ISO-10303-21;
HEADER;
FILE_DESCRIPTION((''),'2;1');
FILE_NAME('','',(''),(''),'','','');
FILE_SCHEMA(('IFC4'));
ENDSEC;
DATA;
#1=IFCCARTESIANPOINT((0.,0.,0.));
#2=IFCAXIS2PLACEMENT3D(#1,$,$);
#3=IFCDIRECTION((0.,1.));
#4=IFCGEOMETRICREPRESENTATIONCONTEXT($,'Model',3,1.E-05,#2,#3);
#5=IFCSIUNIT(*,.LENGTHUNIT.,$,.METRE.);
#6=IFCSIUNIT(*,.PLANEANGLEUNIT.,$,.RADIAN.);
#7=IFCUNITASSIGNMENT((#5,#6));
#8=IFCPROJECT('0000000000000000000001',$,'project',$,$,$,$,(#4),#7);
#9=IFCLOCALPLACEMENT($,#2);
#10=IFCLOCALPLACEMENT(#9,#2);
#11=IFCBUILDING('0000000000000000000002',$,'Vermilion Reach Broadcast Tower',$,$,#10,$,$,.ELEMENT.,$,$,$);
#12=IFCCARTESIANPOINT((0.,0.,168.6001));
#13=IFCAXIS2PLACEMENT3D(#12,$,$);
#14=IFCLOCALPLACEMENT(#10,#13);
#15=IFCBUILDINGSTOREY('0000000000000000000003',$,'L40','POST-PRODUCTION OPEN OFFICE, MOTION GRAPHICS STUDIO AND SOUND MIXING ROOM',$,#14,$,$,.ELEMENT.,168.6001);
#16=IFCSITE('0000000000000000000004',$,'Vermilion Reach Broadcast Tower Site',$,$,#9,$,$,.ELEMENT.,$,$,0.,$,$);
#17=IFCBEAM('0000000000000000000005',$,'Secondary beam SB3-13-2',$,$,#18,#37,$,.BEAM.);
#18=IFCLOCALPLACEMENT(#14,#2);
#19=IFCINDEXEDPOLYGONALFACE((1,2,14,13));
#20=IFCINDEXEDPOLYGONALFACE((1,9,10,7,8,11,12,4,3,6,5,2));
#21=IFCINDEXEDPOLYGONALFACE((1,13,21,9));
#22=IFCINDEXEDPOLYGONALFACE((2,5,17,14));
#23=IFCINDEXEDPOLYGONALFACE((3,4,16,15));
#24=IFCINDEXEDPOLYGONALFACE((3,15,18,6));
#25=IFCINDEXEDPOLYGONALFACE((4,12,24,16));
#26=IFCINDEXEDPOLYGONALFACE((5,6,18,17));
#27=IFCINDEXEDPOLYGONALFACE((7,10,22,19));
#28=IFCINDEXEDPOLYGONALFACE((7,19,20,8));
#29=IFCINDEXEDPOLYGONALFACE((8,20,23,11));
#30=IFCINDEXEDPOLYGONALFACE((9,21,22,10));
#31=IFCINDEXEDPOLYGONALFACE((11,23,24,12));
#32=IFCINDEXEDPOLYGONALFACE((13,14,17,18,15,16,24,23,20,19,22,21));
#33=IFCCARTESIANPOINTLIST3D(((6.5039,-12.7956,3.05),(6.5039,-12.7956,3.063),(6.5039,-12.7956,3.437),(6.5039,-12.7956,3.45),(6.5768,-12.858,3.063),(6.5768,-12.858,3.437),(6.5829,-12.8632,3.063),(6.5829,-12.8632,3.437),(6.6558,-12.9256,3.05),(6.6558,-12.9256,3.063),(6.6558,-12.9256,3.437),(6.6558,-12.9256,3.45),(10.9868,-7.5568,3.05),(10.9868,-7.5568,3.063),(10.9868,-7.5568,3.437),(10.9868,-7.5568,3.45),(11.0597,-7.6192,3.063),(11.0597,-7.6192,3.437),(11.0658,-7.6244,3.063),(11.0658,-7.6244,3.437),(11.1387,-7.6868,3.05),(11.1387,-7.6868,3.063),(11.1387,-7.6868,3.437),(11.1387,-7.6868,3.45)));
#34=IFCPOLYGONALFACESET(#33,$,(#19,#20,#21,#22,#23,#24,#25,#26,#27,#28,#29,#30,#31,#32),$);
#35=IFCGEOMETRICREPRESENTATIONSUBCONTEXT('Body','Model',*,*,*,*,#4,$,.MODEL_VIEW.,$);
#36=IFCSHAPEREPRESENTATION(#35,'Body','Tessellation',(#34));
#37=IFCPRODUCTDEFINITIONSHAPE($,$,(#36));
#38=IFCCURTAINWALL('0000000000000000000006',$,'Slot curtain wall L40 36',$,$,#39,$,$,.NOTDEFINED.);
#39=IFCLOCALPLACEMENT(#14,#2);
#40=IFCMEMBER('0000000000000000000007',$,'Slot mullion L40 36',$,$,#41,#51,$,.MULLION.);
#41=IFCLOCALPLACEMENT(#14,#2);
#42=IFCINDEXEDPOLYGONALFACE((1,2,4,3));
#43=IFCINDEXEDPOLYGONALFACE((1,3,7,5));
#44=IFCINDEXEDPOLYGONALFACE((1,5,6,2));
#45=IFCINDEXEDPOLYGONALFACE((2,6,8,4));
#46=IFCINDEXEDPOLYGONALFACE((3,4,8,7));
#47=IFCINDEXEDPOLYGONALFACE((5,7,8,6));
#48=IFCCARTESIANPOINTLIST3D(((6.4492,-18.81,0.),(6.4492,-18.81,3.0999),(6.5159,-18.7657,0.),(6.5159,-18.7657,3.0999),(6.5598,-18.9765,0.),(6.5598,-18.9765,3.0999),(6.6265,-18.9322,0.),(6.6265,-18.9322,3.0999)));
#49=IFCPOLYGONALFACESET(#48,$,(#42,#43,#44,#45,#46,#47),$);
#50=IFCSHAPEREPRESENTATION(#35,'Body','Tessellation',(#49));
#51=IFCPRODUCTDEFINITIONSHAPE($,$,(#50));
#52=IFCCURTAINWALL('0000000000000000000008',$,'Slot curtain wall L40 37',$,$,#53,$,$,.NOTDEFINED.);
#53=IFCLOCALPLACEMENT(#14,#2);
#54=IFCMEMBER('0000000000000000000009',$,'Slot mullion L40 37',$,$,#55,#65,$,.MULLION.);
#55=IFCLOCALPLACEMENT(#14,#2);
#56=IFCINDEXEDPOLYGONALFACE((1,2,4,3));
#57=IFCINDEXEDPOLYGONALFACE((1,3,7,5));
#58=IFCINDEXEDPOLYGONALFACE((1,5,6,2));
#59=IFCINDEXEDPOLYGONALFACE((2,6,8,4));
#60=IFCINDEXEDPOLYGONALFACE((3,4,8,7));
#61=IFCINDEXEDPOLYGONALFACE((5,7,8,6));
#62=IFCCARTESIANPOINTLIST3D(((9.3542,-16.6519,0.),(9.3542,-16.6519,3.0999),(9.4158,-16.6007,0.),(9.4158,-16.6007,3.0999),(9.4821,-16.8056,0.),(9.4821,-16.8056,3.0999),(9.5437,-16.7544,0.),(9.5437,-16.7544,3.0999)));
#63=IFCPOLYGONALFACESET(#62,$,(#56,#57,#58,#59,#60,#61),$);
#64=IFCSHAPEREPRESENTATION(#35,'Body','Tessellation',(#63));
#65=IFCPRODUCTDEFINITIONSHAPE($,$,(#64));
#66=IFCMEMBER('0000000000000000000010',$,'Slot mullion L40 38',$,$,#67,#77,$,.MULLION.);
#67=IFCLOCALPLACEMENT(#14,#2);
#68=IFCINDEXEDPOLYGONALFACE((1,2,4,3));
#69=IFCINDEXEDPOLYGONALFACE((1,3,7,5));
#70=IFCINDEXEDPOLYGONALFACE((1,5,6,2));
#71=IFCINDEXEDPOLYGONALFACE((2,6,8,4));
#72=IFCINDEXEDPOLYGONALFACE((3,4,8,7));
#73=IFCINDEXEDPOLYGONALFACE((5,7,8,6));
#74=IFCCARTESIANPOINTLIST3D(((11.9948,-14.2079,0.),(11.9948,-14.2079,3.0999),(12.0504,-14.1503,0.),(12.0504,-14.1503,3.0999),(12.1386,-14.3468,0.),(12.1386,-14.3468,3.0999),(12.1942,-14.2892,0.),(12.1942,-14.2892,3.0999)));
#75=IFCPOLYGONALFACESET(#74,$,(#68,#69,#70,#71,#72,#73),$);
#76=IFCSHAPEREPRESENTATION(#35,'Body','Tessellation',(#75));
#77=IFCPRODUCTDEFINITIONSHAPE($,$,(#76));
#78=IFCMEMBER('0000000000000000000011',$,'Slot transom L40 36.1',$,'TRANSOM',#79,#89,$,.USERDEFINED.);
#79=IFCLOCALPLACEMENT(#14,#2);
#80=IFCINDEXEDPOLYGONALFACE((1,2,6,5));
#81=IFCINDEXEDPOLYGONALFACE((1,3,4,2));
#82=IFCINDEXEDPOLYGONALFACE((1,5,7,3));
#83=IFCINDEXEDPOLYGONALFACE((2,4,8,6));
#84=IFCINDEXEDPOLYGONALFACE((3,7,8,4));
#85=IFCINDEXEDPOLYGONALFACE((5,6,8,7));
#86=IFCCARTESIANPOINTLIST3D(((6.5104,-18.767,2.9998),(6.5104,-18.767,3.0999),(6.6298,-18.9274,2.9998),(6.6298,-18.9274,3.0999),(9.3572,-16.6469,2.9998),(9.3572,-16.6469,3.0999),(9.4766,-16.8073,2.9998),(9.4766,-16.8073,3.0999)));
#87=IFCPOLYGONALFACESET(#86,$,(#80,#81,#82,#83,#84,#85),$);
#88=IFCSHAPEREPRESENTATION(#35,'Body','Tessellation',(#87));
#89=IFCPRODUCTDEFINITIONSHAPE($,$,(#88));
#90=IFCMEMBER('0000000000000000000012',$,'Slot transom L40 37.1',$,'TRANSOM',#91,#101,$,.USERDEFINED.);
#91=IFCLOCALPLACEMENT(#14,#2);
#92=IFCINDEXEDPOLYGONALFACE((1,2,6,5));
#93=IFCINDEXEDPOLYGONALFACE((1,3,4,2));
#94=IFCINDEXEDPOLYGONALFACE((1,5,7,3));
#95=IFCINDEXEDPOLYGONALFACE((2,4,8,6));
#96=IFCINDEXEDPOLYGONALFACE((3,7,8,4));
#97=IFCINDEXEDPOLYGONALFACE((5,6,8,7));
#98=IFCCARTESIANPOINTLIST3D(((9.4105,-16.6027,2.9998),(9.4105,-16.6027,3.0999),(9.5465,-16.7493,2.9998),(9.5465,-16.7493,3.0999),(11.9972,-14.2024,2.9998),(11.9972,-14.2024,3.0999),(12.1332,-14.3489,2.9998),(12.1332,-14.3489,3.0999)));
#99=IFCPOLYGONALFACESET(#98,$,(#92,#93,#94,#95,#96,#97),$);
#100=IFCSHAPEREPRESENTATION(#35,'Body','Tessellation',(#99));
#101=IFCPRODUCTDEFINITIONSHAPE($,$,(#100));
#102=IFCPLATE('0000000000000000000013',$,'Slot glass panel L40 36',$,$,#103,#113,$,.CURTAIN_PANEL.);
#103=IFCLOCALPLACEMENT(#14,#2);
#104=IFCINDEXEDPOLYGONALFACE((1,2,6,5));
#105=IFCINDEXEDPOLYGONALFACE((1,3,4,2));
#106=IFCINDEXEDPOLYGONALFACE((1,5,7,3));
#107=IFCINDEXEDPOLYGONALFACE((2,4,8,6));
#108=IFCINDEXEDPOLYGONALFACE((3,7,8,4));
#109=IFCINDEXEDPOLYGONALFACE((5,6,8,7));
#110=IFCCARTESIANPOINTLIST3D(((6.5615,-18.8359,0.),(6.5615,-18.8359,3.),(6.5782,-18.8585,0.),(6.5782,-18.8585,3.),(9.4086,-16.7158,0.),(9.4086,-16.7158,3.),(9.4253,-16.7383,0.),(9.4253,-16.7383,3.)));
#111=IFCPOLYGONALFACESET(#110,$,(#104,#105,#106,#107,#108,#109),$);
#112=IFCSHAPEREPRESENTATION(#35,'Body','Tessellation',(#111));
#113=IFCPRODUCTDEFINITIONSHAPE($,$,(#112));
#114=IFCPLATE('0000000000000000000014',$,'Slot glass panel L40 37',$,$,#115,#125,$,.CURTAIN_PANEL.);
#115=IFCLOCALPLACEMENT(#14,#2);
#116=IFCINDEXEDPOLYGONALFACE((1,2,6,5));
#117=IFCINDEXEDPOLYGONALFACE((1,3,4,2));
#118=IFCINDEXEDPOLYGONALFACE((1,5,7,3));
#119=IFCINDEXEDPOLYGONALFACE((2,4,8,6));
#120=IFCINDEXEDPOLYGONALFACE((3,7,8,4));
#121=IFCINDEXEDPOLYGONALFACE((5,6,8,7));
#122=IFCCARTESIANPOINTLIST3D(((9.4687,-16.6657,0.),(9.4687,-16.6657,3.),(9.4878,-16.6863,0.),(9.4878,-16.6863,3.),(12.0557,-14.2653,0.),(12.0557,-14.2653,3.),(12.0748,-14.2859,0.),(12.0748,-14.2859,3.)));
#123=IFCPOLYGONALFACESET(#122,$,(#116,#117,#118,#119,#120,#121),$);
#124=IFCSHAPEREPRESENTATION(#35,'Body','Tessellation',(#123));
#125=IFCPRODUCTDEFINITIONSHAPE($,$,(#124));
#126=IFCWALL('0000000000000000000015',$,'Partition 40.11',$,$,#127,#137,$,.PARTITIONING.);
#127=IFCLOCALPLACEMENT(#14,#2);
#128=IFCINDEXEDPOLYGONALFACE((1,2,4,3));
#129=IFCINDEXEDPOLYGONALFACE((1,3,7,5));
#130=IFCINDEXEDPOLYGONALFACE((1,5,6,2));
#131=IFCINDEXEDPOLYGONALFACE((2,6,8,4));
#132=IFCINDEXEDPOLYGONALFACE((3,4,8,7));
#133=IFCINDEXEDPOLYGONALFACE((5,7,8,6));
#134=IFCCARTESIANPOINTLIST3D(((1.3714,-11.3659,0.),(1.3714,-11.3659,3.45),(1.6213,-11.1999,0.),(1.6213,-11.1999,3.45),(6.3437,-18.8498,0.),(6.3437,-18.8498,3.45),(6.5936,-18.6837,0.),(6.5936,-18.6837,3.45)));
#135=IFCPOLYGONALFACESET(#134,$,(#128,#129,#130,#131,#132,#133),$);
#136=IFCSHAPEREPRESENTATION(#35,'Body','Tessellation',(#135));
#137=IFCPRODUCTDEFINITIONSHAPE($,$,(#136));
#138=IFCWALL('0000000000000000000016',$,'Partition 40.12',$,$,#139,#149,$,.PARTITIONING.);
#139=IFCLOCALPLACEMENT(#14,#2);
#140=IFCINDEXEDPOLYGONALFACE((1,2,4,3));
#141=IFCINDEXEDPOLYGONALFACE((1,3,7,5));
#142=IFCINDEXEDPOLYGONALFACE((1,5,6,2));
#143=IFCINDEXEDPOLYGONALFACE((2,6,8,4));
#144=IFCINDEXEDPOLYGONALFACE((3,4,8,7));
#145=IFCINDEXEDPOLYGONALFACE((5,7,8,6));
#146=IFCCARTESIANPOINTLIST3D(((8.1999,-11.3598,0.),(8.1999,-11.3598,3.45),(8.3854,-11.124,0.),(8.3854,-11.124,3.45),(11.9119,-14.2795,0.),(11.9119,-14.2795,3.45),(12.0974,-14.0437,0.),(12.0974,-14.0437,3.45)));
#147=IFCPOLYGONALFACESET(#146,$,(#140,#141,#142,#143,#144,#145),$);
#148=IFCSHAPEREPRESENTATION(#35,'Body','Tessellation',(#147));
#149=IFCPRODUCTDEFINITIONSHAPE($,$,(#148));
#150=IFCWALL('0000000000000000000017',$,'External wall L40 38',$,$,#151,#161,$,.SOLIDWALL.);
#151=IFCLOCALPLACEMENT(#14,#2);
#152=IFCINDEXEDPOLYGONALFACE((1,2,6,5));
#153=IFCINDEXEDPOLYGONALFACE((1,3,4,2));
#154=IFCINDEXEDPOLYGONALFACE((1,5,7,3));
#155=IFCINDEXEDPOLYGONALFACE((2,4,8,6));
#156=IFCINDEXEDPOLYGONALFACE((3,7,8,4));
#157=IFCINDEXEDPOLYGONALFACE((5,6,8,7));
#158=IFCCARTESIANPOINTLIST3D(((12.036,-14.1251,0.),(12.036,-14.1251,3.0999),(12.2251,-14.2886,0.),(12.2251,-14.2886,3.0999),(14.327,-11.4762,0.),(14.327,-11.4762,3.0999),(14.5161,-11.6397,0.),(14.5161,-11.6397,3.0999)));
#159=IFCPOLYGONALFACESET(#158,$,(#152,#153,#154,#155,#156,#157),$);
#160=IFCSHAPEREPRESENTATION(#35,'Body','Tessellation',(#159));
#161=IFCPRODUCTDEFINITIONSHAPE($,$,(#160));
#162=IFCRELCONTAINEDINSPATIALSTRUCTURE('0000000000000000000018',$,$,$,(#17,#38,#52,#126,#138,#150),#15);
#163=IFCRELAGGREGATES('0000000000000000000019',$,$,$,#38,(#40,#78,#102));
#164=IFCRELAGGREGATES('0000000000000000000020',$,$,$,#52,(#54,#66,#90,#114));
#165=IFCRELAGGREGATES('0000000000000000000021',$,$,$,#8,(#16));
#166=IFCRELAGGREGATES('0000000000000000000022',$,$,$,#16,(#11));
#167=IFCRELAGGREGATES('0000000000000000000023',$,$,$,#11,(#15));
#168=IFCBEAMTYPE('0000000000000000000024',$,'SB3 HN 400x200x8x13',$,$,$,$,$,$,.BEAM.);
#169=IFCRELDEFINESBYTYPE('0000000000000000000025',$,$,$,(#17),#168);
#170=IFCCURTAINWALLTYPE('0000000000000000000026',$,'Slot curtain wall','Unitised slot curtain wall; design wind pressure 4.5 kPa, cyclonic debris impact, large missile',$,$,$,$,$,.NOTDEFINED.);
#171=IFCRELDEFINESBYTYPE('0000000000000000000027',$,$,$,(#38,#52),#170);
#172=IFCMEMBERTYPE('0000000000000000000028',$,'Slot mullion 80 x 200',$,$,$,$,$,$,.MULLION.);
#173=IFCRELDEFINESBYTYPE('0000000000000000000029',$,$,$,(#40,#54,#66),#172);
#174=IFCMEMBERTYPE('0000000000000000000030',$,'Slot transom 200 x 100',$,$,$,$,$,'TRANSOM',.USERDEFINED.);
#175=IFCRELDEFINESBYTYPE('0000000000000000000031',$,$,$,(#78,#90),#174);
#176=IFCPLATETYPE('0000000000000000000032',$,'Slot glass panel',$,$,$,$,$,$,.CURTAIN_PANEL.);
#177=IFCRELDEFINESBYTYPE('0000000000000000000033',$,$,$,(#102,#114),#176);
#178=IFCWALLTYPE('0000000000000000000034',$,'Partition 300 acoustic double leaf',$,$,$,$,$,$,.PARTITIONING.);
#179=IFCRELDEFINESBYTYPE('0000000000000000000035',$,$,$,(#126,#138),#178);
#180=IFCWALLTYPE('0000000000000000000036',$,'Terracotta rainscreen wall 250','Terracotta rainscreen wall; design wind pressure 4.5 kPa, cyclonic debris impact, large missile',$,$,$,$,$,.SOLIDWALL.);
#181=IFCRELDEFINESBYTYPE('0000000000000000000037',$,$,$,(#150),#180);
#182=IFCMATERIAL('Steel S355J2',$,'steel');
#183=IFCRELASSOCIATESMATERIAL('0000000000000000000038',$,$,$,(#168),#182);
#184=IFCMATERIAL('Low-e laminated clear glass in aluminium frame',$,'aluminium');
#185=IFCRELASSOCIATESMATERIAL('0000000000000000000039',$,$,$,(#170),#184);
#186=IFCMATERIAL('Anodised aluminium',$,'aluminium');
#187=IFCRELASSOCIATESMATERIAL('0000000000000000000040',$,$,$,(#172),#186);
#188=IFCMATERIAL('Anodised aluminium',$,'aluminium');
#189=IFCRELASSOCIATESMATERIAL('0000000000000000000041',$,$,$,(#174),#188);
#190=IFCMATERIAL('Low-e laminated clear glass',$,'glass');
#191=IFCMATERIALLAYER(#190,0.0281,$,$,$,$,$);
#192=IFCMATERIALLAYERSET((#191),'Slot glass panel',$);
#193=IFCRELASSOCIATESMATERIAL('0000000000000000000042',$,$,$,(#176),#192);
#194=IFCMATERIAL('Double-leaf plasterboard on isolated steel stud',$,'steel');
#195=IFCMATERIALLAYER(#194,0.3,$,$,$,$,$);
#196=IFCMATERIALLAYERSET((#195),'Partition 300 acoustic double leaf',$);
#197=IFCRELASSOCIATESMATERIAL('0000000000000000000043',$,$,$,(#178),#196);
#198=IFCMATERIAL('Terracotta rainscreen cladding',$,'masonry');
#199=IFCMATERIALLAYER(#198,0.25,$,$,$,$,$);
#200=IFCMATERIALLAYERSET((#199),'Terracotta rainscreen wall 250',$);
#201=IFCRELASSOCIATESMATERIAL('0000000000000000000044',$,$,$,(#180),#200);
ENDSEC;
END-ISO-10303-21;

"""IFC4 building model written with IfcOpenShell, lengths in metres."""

from ifc_helpers import new_model, si_unit, direction, frame, frame_2d, origin, origin_2d, place, context, subcontext, project, spatial, rectangle, i_section, extrude, material, layer, layer_set, material_profile, profile_set, type_object, element, aggregate, save


model = new_model("IFC4")

# Units and contexts
model_context = context("Model", 3, precision=1e-05, world=origin(), true_north=direction((0.0, 1.0)))
body_context = subcontext(model_context, "Body", "Model", "MODEL_VIEW")
ifc_project = project(units=[si_unit("LENGTHUNIT", "METRE"), si_unit("PLANEANGLEUNIT", "RADIAN")], contexts=[model_context])

# Site, building, storey
site_placement = place(None, origin())
site = spatial("IfcSite", under=ifc_project, at=site_placement, Name="Vermilion Reach Broadcast Tower Site", CompositionType="ELEMENT", RefElevation=0.0)
building_placement = place(site_placement, origin())
building = spatial("IfcBuilding", under=site, at=building_placement, Name="Vermilion Reach Broadcast Tower", CompositionType="ELEMENT")
storey_placement = place(building_placement, frame((0.0, 0.0, 168.6001)))
storey = spatial("IfcBuildingStorey", under=building, at=storey_placement, Name="L40", Description="POST-PRODUCTION OPEN OFFICE, MOTION GRAPHICS STUDIO AND SOUND MIXING ROOM", CompositionType="ELEMENT", Elevation=168.6001)

# Beam
ifc_material_1 = material(Name="Steel S355J2", Category="steel")
ifc_material_profile_1 = material_profile(ifc_material_1, i_section(OverallWidth=0.2, OverallDepth=0.3999, WebThickness=0.0081, FlangeThickness=0.0129, at=origin_2d()), Name="S355J2 HN 400x200x8x13")
ifc_profile_set_1 = profile_set([ifc_material_profile_1], Name="Steel S355J2")
beam_type_1 = type_object("IfcBeamType", Name="SB3 HN 400x200x8x13", PredefinedType="BEAM", material=ifc_profile_set_1)
beam_1_placement = place(storey_placement, frame((6.5798, -12.8606, 3.25), z_axis=(0.650167, 0.759791, 0.0), x_axis=(-0.759791, 0.650167, 0.0)))
element("IfcBeam", 1, at=beam_1_placement, inside=storey, type_object=beam_type_1, Name="Secondary beam SB3-13-2", PredefinedType="BEAM", context=body_context, shape_type="SweptSolid", body=[
    extrude(i_section(OverallWidth=0.2, OverallDepth=0.3999, WebThickness=0.0081, FlangeThickness=0.0129, at=origin_2d()), origin(), (0.0, 0.0, 1.0), 6.895),
])

# Curtain wall, member
ifc_material_2 = material(Name="Low-e laminated clear glass in aluminium frame", Category="aluminium")
curtain_wall_type = type_object("IfcCurtainWallType", Name="Slot curtain wall", Description="Unitised slot curtain wall; design wind pressure 4.5 kPa, cyclonic debris impact, large missile", PredefinedType="NOTDEFINED", material=ifc_material_2)
placement = place(storey_placement, origin())
curtain_wall_1 = element("IfcCurtainWall", 2, at=placement, inside=storey, type_object=curtain_wall_type, Name="Slot curtain wall L40 36", PredefinedType="NOTDEFINED")
ifc_material_3 = material(Name="Anodised aluminium", Category="aluminium")
ifc_material_profile_2 = material_profile(ifc_material_3, rectangle(XDim=0.2, YDim=0.0801, at=origin_2d()), Name="Slot mullion 80 x 200")
ifc_profile_set_2 = profile_set([ifc_material_profile_2], Name="Anodised aluminium")
member_type_1 = type_object("IfcMemberType", Name="Slot mullion 80 x 200", PredefinedType="MULLION", material=ifc_profile_set_2)
member_1_placement = place(storey_placement, frame((6.5378, -18.8711, 0.0), z_axis=(0.0, 0.0, 1.0), x_axis=(-0.553392, 0.832921, 0.0)))
member_1 = element("IfcMember", 3, at=member_1_placement, type_object=member_type_1, Name="Slot mullion L40 36", PredefinedType="MULLION", context=body_context, shape_type="SweptSolid", body=[
    extrude(rectangle(XDim=0.2, YDim=0.0801, at=origin_2d()), origin(), (0.0, 0.0, 1.0), 3.0999),
])

# Curtain wall, members
curtain_wall_2 = element("IfcCurtainWall", 4, at=placement, inside=storey, type_object=curtain_wall_type, Name="Slot curtain wall L40 37", PredefinedType="NOTDEFINED")
member_2_placement = place(storey_placement, frame((9.449, -16.7031, 0.0), z_axis=(0.0, 0.0, 1.0), x_axis=(-0.639653, 0.768664, 0.0)))
member_2 = element("IfcMember", 5, at=member_2_placement, type_object=member_type_1, Name="Slot mullion L40 37", PredefinedType="MULLION", context=body_context, shape_type="SweptSolid", body=[
    extrude(rectangle(XDim=0.2, YDim=0.0801, at=origin_2d()), origin(), (0.0, 0.0, 1.0), 3.0999),
])
member_3_placement = place(storey_placement, frame((12.0945, -14.2485, 0.0), z_axis=(0.0, 0.0, 1.0), x_axis=(-0.719352, 0.694646, 0.0)))
member_3 = element("IfcMember", 6, at=member_3_placement, type_object=member_type_1, Name="Slot mullion L40 38", PredefinedType="MULLION", context=body_context, shape_type="SweptSolid", body=[
    extrude(rectangle(XDim=0.2, YDim=0.0801, at=origin_2d()), origin(), (0.0, 0.0, 1.0), 3.0999),
])

# Members
ifc_material_4 = material(Name="Anodised aluminium", Category="aluminium")
ifc_material_profile_3 = material_profile(ifc_material_4, rectangle(XDim=0.2, YDim=0.1001, at=origin_2d()), Name="Slot transom 200 x 100")
ifc_profile_set_3 = profile_set([ifc_material_profile_3], Name="Anodised aluminium")
member_type_2 = type_object("IfcMemberType", Name="Slot transom 200 x 100", ElementType="TRANSOM", PredefinedType="USERDEFINED", material=ifc_profile_set_3)
member_4_placement = place(storey_placement, frame((6.5701, -18.8472, 3.0498), z_axis=(0.802034, 0.597278, 0.0), x_axis=(-0.597278, 0.802034, 0.0)))
member_4 = element("IfcMember", 7, at=member_4_placement, type_object=member_type_2, Name="Slot transom L40 36.1", ObjectType="TRANSOM", PredefinedType="USERDEFINED", context=body_context, shape_type="SweptSolid", body=[
    extrude(rectangle(XDim=0.2, YDim=0.1001, at=origin_2d()), origin(), (0.0, 0.0, 1.0), 3.5496),
])
member_5_placement = place(storey_placement, frame((9.4785, -16.676, 3.0498), z_axis=(0.733008, 0.68022, 0.0), x_axis=(-0.68022, 0.733008, 0.0)))
member_5 = element("IfcMember", 8, at=member_5_placement, type_object=member_type_2, Name="Slot transom L40 37.1", ObjectType="TRANSOM", PredefinedType="USERDEFINED", context=body_context, shape_type="SweptSolid", body=[
    extrude(rectangle(XDim=0.2, YDim=0.1001, at=origin_2d()), origin(), (0.0, 0.0, 1.0), 3.5288),
])

# Plates
ifc_material_5 = material(Name="Low-e laminated clear glass", Category="glass")
ifc_layer_1 = layer(ifc_material_5, 0.0281)
ifc_layer_set_1 = layer_set([ifc_layer_1], Name="Slot glass panel")
plate_type = type_object("IfcPlateType", Name="Slot glass panel", PredefinedType="CURTAIN_PANEL", material=ifc_layer_set_1)
plate_1_placement = place(storey_placement, frame((7.9934, -17.7871, 0.0), z_axis=(0.0, 0.0, 1.0), x_axis=(0.802043, 0.597266, 0.0)))
plate_1 = element("IfcPlate", 9, at=plate_1_placement, type_object=plate_type, Name="Slot glass panel L40 36", PredefinedType="CURTAIN_PANEL", context=body_context, shape_type="SweptSolid", body=[
    extrude(rectangle(XDim=3.5498, YDim=0.0281, at=origin_2d()), origin(), (0.0, 0.0, 1.0), 3.0),
])
aggregate(curtain_wall_1, [member_1, member_4, plate_1])
plate_2_placement = place(storey_placement, frame((10.7717, -15.4758, 0.0), z_axis=(0.0, 0.0, 1.0), x_axis=(0.733047, 0.680178, 0.0)))
plate_2 = element("IfcPlate", 10, at=plate_2_placement, type_object=plate_type, Name="Slot glass panel L40 37", PredefinedType="CURTAIN_PANEL", context=body_context, shape_type="SweptSolid", body=[
    extrude(rectangle(XDim=3.5291, YDim=0.0281, at=origin_2d()), origin(), (0.0, 0.0, 1.0), 3.0),
])
aggregate(curtain_wall_2, [member_2, member_3, member_5, plate_2])

# Walls
ifc_material_6 = material(Name="Double-leaf plasterboard on isolated steel stud", Category="steel")
ifc_layer_2 = layer(ifc_material_6, 0.3)
ifc_layer_set_2 = layer_set([ifc_layer_2], Name="Partition 300 acoustic double leaf")
wall_type_1 = type_object("IfcWallType", Name="Partition 300 acoustic double leaf", PredefinedType="PARTITIONING", material=ifc_layer_set_2)
wall_1_placement = place(storey_placement, frame((6.4688, -18.7668, 0.0), z_axis=(0.0, 0.0, 1.0), x_axis=(-0.553402, 0.832915, 0.0)))
element("IfcWall", 11, at=wall_1_placement, inside=storey, type_object=wall_type_1, Name="Partition 40.11", PredefinedType="PARTITIONING", context=body_context, shape_type="SweptSolid", body=[
    extrude(rectangle(XDim=8.9851, YDim=0.3, at=frame_2d((4.4927, 0.0))), origin(), (0.0, 0.0, 1.0), 3.45),
])
wall_2_placement = place(storey_placement, frame((12.0046, -14.1616, 0.0), z_axis=(0.0, 0.0, 1.0), x_axis=(-0.785992, 0.618237, 0.0)))
element("IfcWall", 12, at=wall_2_placement, inside=storey, type_object=wall_type_1, Name="Partition 40.12", PredefinedType="PARTITIONING", context=body_context, shape_type="SweptSolid", body=[
    extrude(rectangle(XDim=4.7227, YDim=0.3, at=frame_2d((2.3613, 0.0))), origin(), (0.0, 0.0, 1.0), 3.45),
])
ifc_material_7 = material(Name="Terracotta rainscreen cladding", Category="masonry")
ifc_layer_3 = layer(ifc_material_7, 0.25)
ifc_layer_set_3 = layer_set([ifc_layer_3], Name="Terracotta rainscreen wall 250")
wall_type_2 = type_object("IfcWallType", Name="Terracotta rainscreen wall 250", Description="Terracotta rainscreen wall; design wind pressure 4.5 kPa, cyclonic debris impact, large missile", PredefinedType="SOLIDWALL", material=ifc_layer_set_3)
wall_3_placement = place(storey_placement, frame((12.1306, -14.2068, 0.0), z_axis=(0.0, 0.0, 1.0), x_axis=(0.654161, 0.756356, 0.0)))
element("IfcWall", 13, at=wall_3_placement, inside=storey, type_object=wall_type_2, Name="External wall L40 38", PredefinedType="SOLIDWALL", context=body_context, shape_type="SweptSolid", body=[
    extrude(rectangle(XDim=3.5022, YDim=0.25, at=frame_2d((1.751, 0.0))), origin(), (0.0, 0.0, 1.0), 3.0999),
])

save(model, "model.ifc")
